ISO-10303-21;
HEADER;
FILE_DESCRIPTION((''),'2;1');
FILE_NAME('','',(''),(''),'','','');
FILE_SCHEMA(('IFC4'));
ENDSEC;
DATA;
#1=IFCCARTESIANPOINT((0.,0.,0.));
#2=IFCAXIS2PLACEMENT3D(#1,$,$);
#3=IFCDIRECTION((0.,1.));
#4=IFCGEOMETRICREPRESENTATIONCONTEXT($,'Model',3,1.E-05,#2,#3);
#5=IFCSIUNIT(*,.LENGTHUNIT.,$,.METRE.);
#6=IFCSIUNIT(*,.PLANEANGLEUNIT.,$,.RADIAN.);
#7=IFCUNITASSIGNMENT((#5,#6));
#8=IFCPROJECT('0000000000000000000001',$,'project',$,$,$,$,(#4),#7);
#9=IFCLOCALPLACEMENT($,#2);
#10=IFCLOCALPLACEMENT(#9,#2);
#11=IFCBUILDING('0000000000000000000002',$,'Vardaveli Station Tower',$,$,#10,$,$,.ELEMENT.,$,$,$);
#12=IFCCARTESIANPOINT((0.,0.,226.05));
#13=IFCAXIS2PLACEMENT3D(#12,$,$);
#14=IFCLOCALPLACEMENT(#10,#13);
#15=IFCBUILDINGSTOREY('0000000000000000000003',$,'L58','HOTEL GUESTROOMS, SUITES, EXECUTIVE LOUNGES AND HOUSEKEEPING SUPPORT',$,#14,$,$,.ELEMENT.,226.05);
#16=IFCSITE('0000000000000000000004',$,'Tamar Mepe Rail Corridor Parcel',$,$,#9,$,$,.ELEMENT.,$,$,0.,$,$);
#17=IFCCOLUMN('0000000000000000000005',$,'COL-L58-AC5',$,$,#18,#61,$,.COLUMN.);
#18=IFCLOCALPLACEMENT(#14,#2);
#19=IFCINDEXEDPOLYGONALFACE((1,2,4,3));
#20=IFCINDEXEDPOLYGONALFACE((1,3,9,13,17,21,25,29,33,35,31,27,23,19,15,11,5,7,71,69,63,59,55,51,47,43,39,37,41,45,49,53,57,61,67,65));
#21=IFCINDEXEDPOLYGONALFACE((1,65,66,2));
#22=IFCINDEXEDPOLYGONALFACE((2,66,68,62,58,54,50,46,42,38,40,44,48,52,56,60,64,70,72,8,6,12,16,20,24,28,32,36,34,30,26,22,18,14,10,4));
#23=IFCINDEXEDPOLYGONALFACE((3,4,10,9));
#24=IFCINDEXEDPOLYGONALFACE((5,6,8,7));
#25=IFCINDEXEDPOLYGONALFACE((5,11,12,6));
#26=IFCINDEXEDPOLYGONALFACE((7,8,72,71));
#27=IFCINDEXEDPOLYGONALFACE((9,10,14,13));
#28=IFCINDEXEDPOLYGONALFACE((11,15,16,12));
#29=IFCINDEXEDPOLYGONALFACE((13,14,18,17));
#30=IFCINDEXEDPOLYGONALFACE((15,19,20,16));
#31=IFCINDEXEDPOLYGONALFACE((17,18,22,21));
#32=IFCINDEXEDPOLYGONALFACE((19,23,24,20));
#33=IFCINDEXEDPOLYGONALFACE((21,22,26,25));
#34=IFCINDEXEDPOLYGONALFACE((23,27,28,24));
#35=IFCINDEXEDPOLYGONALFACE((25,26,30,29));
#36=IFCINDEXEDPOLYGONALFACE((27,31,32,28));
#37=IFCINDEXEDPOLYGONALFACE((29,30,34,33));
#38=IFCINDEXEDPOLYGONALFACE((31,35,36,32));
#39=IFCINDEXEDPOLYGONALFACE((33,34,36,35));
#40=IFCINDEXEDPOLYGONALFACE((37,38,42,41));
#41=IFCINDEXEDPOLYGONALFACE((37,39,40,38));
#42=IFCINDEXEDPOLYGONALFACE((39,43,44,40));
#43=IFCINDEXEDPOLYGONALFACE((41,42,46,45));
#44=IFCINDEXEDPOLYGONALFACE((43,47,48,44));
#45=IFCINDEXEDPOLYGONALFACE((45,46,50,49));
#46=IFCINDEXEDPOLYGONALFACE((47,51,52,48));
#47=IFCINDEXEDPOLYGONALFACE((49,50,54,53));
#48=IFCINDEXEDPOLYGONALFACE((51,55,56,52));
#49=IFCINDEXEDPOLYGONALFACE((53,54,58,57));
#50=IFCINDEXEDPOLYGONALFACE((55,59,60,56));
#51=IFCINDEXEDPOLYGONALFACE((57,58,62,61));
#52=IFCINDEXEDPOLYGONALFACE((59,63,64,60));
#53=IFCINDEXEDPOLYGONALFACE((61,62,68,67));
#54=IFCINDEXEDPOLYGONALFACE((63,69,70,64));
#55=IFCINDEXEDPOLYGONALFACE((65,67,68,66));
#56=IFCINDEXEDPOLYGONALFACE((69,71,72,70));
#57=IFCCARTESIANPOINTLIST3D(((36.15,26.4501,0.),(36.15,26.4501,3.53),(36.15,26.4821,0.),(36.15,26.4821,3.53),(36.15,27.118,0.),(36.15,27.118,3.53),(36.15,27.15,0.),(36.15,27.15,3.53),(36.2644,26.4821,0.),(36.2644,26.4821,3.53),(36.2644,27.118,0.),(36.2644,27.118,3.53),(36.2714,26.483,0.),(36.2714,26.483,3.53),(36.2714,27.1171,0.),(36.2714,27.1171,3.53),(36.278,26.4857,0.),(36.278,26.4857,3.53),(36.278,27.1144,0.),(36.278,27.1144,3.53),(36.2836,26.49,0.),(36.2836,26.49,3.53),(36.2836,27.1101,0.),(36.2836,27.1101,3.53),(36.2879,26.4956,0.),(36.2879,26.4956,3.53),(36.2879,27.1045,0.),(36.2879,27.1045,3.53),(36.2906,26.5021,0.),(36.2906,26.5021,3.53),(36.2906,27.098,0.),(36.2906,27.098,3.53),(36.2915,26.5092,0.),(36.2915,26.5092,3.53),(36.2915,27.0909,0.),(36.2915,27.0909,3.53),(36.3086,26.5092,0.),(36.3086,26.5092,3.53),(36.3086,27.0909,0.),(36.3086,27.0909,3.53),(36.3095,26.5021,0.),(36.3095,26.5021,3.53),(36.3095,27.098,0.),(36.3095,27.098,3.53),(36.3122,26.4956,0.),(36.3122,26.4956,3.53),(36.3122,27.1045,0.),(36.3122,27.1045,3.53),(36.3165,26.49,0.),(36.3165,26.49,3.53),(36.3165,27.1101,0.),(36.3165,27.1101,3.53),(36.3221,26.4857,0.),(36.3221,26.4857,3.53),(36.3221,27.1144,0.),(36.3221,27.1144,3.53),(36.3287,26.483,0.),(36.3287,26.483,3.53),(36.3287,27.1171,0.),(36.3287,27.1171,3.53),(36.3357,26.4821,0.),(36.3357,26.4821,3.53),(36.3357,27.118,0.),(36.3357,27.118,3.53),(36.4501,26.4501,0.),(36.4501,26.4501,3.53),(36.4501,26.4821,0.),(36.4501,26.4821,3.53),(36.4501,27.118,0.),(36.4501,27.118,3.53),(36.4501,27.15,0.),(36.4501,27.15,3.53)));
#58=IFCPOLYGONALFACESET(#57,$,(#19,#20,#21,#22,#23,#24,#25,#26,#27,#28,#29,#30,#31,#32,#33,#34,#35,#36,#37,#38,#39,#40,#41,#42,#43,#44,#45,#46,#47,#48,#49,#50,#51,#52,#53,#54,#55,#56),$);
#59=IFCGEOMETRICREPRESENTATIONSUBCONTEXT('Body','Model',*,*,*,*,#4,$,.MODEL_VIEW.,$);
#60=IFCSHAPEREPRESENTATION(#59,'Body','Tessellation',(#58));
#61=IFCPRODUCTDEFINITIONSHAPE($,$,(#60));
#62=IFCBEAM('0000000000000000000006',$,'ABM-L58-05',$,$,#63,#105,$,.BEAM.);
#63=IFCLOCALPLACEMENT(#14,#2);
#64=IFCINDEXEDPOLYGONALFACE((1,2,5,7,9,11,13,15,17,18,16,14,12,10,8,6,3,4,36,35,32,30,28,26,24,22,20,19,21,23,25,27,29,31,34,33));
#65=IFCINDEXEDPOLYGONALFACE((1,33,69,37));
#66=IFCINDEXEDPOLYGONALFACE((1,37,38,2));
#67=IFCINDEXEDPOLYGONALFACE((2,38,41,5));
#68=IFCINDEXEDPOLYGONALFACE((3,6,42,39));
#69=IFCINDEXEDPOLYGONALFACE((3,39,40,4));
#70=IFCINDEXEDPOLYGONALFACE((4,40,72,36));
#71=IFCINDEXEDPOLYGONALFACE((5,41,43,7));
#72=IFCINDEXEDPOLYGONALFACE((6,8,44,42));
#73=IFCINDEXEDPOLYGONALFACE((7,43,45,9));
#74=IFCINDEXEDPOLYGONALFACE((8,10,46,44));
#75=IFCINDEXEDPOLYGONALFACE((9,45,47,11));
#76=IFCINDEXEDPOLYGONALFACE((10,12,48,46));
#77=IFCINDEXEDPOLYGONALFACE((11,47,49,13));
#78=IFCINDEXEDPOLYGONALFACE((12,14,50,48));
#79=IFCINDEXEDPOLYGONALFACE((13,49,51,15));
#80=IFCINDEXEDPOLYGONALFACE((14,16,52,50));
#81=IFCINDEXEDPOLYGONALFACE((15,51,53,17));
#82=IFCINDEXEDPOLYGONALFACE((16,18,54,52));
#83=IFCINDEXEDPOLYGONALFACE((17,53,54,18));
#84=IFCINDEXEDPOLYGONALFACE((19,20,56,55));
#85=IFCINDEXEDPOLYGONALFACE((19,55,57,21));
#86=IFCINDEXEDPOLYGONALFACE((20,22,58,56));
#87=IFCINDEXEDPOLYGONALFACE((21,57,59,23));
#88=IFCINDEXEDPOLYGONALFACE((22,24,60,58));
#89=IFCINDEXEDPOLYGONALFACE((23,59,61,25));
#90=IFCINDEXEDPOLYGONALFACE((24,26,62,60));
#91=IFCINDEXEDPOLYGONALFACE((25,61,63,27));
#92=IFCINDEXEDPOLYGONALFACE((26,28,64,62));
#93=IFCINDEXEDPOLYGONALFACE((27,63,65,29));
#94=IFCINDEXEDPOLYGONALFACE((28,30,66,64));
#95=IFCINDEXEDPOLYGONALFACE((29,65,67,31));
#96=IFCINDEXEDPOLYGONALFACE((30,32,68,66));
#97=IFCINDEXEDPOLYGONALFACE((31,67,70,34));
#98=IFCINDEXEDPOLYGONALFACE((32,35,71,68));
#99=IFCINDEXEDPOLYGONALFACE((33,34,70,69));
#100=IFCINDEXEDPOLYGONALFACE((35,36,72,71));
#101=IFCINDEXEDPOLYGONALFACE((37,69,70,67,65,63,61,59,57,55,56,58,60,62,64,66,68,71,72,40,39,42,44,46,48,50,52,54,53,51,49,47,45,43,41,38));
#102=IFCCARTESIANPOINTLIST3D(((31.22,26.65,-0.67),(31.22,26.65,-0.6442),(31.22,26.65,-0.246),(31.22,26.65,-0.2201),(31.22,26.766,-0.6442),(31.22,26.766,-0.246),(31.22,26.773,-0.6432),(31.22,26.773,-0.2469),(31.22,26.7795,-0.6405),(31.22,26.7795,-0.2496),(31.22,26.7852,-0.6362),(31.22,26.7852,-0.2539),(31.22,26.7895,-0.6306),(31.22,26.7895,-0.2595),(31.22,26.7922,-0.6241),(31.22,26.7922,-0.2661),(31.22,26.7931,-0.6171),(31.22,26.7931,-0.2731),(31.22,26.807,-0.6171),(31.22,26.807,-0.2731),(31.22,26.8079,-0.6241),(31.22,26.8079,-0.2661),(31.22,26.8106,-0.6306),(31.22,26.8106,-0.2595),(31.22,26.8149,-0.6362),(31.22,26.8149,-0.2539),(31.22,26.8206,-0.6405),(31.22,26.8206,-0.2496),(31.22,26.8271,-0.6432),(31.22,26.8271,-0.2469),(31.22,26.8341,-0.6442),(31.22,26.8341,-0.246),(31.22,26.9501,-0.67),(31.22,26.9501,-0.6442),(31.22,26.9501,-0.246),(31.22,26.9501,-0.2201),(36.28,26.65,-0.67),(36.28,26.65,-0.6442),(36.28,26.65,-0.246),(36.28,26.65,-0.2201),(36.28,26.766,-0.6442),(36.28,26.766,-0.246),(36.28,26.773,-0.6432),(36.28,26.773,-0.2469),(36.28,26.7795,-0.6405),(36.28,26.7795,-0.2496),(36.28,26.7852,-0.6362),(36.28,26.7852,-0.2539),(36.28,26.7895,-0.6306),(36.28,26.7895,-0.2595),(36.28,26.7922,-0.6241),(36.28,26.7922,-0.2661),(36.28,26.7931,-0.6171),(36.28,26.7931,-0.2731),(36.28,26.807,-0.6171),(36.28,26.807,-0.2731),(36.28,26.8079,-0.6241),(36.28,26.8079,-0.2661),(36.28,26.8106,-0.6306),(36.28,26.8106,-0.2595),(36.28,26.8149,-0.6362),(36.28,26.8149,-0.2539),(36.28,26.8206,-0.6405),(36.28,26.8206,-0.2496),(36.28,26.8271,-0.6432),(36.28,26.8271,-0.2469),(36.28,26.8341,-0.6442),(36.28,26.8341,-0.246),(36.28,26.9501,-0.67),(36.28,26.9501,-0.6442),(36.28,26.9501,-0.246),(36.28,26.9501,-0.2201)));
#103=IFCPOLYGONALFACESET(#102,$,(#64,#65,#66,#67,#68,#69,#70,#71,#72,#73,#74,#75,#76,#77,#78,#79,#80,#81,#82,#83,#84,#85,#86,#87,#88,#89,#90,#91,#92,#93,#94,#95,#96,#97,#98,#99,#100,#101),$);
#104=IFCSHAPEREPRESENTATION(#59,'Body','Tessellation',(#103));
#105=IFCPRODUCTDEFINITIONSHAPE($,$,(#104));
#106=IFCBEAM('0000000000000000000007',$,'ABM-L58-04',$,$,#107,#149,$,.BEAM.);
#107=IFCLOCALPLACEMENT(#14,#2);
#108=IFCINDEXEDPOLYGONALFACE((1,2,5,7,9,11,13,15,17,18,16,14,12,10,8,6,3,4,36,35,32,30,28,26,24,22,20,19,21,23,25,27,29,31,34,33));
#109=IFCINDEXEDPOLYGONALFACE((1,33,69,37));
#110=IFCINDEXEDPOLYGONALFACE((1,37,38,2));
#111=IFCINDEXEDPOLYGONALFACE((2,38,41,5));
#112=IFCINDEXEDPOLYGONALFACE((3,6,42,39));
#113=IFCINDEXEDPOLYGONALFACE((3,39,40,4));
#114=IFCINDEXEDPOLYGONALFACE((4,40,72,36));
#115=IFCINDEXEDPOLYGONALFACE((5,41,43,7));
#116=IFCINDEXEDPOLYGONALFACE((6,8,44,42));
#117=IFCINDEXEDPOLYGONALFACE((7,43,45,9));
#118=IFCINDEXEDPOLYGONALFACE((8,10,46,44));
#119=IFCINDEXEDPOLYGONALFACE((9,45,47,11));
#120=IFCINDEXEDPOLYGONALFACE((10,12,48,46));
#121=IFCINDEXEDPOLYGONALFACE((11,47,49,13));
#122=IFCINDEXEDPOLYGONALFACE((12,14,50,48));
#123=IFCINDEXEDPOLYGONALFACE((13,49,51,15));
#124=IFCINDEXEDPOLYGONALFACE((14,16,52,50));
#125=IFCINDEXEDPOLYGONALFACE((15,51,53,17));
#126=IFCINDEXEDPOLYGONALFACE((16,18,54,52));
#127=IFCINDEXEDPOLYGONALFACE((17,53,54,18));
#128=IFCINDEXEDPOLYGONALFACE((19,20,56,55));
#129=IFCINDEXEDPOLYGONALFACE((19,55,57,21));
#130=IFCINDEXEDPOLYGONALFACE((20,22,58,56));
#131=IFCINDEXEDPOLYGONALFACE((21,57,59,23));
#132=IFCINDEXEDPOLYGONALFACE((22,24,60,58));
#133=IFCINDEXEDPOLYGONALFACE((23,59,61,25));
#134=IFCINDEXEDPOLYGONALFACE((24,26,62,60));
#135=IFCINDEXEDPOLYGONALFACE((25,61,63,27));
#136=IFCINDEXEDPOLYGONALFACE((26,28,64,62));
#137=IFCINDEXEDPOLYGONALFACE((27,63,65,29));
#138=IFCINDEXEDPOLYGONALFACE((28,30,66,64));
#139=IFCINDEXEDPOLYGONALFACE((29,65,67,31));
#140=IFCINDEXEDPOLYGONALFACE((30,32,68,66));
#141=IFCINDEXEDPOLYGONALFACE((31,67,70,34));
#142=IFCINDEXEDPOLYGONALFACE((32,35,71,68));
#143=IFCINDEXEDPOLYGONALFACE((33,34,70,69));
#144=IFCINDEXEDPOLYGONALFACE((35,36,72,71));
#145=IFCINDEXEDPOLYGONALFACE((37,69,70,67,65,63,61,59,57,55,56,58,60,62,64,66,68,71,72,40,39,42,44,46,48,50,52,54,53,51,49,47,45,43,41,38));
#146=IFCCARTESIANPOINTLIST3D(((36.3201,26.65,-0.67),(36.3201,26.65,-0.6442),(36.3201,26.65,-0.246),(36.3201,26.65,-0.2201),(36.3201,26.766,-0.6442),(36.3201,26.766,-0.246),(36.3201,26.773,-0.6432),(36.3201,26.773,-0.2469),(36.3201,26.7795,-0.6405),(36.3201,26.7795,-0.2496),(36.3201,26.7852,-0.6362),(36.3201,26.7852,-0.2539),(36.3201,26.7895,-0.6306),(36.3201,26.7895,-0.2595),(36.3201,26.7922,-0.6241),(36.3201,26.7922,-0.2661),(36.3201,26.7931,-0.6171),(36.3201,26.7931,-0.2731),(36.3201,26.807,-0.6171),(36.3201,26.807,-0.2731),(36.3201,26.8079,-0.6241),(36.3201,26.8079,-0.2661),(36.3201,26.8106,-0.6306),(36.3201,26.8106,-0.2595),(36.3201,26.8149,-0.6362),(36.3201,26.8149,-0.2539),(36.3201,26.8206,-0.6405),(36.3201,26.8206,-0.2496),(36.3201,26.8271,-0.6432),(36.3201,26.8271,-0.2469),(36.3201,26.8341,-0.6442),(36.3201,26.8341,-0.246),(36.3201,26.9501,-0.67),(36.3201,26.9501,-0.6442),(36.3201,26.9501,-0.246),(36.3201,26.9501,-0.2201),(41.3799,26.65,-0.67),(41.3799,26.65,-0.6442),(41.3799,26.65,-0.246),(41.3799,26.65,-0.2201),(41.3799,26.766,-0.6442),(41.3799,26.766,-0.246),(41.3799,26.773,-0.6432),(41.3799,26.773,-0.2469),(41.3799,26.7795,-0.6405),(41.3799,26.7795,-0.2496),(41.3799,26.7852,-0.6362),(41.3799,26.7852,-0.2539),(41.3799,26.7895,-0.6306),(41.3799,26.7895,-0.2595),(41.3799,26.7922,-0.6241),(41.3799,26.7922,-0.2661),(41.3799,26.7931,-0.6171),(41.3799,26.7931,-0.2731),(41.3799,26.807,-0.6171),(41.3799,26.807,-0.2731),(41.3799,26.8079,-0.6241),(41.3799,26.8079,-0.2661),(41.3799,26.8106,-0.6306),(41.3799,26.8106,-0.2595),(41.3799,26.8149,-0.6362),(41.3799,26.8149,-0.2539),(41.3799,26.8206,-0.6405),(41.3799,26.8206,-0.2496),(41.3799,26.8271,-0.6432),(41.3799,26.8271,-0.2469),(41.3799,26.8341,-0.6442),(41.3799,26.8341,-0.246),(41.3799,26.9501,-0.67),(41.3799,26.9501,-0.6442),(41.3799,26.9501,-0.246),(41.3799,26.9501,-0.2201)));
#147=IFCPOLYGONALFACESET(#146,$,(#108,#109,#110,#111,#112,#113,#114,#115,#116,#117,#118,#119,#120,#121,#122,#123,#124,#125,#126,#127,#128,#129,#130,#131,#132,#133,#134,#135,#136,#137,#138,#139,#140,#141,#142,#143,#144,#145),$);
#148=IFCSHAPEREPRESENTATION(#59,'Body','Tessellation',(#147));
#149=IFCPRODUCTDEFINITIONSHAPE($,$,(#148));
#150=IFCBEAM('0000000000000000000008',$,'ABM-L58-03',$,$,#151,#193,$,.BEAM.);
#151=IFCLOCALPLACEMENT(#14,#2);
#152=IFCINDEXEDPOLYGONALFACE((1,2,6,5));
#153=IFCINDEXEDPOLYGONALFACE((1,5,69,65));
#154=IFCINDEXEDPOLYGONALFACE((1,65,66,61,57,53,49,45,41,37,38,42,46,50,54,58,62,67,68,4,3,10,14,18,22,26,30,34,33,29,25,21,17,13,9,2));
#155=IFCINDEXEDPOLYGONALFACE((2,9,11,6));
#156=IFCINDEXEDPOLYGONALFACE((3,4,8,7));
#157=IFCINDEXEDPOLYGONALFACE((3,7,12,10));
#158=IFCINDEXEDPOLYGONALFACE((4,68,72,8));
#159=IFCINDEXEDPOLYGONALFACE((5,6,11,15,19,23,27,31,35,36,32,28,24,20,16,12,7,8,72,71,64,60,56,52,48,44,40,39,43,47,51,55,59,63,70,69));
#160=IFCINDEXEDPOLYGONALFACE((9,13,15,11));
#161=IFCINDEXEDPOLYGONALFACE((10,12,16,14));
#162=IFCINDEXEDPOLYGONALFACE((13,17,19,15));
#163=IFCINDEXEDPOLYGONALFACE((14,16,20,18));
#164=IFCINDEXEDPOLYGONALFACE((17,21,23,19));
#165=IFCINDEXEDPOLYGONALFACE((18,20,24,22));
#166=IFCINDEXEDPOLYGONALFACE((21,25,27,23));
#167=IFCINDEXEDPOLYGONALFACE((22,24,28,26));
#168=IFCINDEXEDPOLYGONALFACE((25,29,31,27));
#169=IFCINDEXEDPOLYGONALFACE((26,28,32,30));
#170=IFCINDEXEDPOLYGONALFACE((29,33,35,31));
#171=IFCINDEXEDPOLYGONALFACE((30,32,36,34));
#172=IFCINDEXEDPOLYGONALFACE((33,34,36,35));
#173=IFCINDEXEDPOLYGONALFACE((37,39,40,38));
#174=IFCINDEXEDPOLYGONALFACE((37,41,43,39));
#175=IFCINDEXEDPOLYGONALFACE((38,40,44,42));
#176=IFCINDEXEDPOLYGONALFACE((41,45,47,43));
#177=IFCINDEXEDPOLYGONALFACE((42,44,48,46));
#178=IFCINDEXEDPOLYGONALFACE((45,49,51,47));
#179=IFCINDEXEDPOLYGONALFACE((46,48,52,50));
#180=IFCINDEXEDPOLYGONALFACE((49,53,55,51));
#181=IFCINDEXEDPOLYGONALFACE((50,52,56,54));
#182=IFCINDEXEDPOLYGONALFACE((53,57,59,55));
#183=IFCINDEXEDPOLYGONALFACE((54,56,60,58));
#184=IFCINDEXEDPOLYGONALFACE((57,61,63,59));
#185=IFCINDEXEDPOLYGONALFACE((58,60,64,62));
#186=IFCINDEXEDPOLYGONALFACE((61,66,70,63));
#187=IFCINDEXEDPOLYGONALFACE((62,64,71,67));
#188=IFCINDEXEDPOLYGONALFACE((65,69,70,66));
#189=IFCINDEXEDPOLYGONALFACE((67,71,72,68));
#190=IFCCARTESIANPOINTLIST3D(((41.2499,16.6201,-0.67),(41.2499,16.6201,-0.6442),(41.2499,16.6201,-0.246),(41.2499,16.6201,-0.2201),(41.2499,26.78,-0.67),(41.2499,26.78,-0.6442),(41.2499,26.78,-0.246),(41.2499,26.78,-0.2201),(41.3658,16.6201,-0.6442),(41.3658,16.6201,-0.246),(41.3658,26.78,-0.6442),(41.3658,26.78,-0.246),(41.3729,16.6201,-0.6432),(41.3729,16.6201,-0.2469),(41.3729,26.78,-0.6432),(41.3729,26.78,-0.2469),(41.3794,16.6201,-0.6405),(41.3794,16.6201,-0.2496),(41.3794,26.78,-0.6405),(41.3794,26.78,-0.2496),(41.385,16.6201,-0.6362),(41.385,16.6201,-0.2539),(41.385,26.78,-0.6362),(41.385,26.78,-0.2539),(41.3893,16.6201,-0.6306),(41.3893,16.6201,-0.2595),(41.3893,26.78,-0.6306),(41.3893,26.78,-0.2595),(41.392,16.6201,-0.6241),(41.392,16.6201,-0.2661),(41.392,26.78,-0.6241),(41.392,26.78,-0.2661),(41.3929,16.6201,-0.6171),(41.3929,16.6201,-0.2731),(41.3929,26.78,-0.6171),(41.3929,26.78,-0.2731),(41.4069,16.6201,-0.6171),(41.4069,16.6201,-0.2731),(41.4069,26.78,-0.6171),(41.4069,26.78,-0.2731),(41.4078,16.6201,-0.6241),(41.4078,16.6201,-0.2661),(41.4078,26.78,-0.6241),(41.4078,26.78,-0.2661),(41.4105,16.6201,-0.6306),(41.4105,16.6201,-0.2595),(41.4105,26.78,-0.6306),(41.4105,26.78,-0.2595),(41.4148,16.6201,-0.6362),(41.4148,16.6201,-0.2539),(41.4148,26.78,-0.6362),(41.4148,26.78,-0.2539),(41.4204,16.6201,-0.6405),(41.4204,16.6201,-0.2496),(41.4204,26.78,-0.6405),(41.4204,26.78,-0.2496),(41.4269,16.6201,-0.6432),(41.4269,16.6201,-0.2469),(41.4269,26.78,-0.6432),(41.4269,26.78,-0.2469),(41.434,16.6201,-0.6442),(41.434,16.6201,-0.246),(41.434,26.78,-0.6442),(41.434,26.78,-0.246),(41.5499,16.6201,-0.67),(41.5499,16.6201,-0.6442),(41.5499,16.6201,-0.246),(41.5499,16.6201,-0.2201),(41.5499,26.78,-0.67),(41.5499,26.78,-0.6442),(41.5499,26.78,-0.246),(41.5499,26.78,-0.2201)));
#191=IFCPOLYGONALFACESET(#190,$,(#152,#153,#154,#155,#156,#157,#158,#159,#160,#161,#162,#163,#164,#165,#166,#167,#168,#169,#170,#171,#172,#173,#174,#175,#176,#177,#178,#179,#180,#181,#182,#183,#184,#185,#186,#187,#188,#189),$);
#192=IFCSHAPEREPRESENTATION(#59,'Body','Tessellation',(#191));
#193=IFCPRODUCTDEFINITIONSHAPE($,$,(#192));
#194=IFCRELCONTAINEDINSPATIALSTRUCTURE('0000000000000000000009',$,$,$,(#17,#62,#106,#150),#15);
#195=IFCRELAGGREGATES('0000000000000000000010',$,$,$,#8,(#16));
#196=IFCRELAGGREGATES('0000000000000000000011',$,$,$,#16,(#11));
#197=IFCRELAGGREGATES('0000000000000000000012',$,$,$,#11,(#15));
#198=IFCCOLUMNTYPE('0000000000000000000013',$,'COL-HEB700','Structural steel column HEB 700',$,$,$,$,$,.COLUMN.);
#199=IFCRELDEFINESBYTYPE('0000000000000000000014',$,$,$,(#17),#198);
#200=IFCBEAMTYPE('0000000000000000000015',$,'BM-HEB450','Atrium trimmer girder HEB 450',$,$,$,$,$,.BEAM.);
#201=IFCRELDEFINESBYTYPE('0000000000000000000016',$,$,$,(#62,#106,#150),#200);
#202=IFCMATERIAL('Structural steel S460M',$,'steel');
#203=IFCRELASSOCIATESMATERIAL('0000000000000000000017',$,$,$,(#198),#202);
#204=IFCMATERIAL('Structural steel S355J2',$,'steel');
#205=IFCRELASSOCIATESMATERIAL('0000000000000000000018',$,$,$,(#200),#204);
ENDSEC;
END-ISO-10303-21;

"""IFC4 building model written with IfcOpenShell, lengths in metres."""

from ifc_helpers import new_model, si_unit, direction, frame, origin, origin_2d, place, context, subcontext, project, spatial, i_section, extrude, source, transform, mapped, material, material_profile, profile_set, type_object, element, save


model = new_model("IFC4")

# Units and contexts
model_context = context("Model", 3, precision=1e-05, world=origin(), true_north=direction((0.0, 1.0)))
body_context = subcontext(model_context, "Body", "Model", "MODEL_VIEW")
ifc_project = project(units=[si_unit("LENGTHUNIT", "METRE"), si_unit("PLANEANGLEUNIT", "RADIAN")], contexts=[model_context])

# Site, building, storey
site_placement = place(None, origin())
site = spatial("IfcSite", under=ifc_project, at=site_placement, Name="Tamar Mepe Rail Corridor Parcel", CompositionType="ELEMENT", RefElevation=0.0)
building_placement = place(site_placement, origin())
building = spatial("IfcBuilding", under=site, at=building_placement, Name="Vardaveli Station Tower", CompositionType="ELEMENT")
storey_placement = place(building_placement, frame((0.0, 0.0, 226.05)))
storey = spatial("IfcBuildingStorey", under=building, at=storey_placement, Name="L58", Description="HOTEL GUESTROOMS, SUITES, EXECUTIVE LOUNGES AND HOUSEKEEPING SUPPORT", CompositionType="ELEMENT", Elevation=226.05)

# Column
ifc_material_1 = material(Name="Structural steel S460M", Category="steel")
ifc_material_profile_1 = material_profile(ifc_material_1, i_section(OverallWidth=0.3, OverallDepth=0.7, WebThickness=0.0171, FlangeThickness=0.032, FilletRadius=0.0271, at=origin_2d()), Name="HEB 700")
ifc_profile_set_1 = profile_set([ifc_material_profile_1], Name="Structural steel S460M")
column_type = type_object("IfcColumnType", Name="COL-HEB700", Description="Structural steel column HEB 700", PredefinedType="COLUMN", material=ifc_profile_set_1)
shared_shape_1 = source(origin(), body_context, "Body", "SweptSolid", [
    extrude(i_section(OverallWidth=0.3, OverallDepth=0.7, WebThickness=0.0171, FlangeThickness=0.032, FilletRadius=0.0271, at=origin_2d()), origin(), (0.0, 0.0, 1.0), 3.53),
])
column_placement = place(storey_placement, frame((36.3, 26.8, 0.0), z_axis=(0.0, 0.0, 1.0), x_axis=(1.0, 0.0, 0.0)))
element("IfcColumn", 1, at=column_placement, inside=storey, type_object=column_type, Name="COL-L58-AC5", PredefinedType="COLUMN", context=body_context, shape_type="MappedRepresentation", body=[
    mapped(shared_shape_1, transform((0.0, 0.0, 0.0), scale=1.0)),
])

# Beams
ifc_material_2 = material(Name="Structural steel S355J2", Category="steel")
ifc_material_profile_2 = material_profile(ifc_material_2, i_section(OverallWidth=0.3, OverallDepth=0.45, WebThickness=0.0139, FlangeThickness=0.0259, FilletRadius=0.0271, at=origin_2d()), Name="HEB 450")
ifc_profile_set_2 = profile_set([ifc_material_profile_2], Name="Structural steel S355J2")
beam_type = type_object("IfcBeamType", Name="BM-HEB450", Description="Atrium trimmer girder HEB 450", PredefinedType="BEAM", material=ifc_profile_set_2)
shared_shape_2 = source(origin(), body_context, "Body", "SweptSolid", [
    extrude(i_section(OverallWidth=0.3, OverallDepth=0.45, WebThickness=0.0139, FlangeThickness=0.0259, FilletRadius=0.0271, at=origin_2d()), origin(), (0.0, 0.0, 1.0), 5.0601),
])
beam_1_placement = place(storey_placement, frame((36.28, 26.8, -0.4451), z_axis=(-1.0, 0.0, 0.0), x_axis=(0.0, -1.0, 0.0)))
element("IfcBeam", 2, at=beam_1_placement, inside=storey, type_object=beam_type, Name="ABM-L58-05", PredefinedType="BEAM", context=body_context, shape_type="MappedRepresentation", body=[
    mapped(shared_shape_2, transform((0.0, 0.0, 0.0), scale=1.0)),
])
shared_shape_3 = source(origin(), body_context, "Body", "SweptSolid", [
    extrude(i_section(OverallWidth=0.3, OverallDepth=0.45, WebThickness=0.0139, FlangeThickness=0.0259, FilletRadius=0.0271, at=origin_2d()), origin(), (0.0, 0.0, 1.0), 5.0598),
])
beam_2_placement = place(storey_placement, frame((41.3799, 26.8, -0.4451), z_axis=(-1.0, 0.0, 0.0), x_axis=(0.0, -1.0, 0.0)))
element("IfcBeam", 3, at=beam_2_placement, inside=storey, type_object=beam_type, Name="ABM-L58-04", PredefinedType="BEAM", context=body_context, shape_type="MappedRepresentation", body=[
    mapped(shared_shape_3, transform((0.0, 0.0, 0.0), scale=1.0)),
])
shared_shape_4 = source(origin(), body_context, "Body", "SweptSolid", [
    extrude(i_section(OverallWidth=0.3, OverallDepth=0.45, WebThickness=0.0139, FlangeThickness=0.0259, FilletRadius=0.0271, at=origin_2d()), origin(), (0.0, 0.0, 1.0), 10.1599),
])
beam_3_placement = place(storey_placement, frame((41.3999, 16.6201, -0.4451), z_axis=(0.0, 1.0, 0.0), x_axis=(-1.0, 0.0, 0.0)))
element("IfcBeam", 4, at=beam_3_placement, inside=storey, type_object=beam_type, Name="ABM-L58-03", PredefinedType="BEAM", context=body_context, shape_type="MappedRepresentation", body=[
    mapped(shared_shape_4, transform((0.0, 0.0, 0.0), scale=1.0)),
])

save(model, "model.ifc")
